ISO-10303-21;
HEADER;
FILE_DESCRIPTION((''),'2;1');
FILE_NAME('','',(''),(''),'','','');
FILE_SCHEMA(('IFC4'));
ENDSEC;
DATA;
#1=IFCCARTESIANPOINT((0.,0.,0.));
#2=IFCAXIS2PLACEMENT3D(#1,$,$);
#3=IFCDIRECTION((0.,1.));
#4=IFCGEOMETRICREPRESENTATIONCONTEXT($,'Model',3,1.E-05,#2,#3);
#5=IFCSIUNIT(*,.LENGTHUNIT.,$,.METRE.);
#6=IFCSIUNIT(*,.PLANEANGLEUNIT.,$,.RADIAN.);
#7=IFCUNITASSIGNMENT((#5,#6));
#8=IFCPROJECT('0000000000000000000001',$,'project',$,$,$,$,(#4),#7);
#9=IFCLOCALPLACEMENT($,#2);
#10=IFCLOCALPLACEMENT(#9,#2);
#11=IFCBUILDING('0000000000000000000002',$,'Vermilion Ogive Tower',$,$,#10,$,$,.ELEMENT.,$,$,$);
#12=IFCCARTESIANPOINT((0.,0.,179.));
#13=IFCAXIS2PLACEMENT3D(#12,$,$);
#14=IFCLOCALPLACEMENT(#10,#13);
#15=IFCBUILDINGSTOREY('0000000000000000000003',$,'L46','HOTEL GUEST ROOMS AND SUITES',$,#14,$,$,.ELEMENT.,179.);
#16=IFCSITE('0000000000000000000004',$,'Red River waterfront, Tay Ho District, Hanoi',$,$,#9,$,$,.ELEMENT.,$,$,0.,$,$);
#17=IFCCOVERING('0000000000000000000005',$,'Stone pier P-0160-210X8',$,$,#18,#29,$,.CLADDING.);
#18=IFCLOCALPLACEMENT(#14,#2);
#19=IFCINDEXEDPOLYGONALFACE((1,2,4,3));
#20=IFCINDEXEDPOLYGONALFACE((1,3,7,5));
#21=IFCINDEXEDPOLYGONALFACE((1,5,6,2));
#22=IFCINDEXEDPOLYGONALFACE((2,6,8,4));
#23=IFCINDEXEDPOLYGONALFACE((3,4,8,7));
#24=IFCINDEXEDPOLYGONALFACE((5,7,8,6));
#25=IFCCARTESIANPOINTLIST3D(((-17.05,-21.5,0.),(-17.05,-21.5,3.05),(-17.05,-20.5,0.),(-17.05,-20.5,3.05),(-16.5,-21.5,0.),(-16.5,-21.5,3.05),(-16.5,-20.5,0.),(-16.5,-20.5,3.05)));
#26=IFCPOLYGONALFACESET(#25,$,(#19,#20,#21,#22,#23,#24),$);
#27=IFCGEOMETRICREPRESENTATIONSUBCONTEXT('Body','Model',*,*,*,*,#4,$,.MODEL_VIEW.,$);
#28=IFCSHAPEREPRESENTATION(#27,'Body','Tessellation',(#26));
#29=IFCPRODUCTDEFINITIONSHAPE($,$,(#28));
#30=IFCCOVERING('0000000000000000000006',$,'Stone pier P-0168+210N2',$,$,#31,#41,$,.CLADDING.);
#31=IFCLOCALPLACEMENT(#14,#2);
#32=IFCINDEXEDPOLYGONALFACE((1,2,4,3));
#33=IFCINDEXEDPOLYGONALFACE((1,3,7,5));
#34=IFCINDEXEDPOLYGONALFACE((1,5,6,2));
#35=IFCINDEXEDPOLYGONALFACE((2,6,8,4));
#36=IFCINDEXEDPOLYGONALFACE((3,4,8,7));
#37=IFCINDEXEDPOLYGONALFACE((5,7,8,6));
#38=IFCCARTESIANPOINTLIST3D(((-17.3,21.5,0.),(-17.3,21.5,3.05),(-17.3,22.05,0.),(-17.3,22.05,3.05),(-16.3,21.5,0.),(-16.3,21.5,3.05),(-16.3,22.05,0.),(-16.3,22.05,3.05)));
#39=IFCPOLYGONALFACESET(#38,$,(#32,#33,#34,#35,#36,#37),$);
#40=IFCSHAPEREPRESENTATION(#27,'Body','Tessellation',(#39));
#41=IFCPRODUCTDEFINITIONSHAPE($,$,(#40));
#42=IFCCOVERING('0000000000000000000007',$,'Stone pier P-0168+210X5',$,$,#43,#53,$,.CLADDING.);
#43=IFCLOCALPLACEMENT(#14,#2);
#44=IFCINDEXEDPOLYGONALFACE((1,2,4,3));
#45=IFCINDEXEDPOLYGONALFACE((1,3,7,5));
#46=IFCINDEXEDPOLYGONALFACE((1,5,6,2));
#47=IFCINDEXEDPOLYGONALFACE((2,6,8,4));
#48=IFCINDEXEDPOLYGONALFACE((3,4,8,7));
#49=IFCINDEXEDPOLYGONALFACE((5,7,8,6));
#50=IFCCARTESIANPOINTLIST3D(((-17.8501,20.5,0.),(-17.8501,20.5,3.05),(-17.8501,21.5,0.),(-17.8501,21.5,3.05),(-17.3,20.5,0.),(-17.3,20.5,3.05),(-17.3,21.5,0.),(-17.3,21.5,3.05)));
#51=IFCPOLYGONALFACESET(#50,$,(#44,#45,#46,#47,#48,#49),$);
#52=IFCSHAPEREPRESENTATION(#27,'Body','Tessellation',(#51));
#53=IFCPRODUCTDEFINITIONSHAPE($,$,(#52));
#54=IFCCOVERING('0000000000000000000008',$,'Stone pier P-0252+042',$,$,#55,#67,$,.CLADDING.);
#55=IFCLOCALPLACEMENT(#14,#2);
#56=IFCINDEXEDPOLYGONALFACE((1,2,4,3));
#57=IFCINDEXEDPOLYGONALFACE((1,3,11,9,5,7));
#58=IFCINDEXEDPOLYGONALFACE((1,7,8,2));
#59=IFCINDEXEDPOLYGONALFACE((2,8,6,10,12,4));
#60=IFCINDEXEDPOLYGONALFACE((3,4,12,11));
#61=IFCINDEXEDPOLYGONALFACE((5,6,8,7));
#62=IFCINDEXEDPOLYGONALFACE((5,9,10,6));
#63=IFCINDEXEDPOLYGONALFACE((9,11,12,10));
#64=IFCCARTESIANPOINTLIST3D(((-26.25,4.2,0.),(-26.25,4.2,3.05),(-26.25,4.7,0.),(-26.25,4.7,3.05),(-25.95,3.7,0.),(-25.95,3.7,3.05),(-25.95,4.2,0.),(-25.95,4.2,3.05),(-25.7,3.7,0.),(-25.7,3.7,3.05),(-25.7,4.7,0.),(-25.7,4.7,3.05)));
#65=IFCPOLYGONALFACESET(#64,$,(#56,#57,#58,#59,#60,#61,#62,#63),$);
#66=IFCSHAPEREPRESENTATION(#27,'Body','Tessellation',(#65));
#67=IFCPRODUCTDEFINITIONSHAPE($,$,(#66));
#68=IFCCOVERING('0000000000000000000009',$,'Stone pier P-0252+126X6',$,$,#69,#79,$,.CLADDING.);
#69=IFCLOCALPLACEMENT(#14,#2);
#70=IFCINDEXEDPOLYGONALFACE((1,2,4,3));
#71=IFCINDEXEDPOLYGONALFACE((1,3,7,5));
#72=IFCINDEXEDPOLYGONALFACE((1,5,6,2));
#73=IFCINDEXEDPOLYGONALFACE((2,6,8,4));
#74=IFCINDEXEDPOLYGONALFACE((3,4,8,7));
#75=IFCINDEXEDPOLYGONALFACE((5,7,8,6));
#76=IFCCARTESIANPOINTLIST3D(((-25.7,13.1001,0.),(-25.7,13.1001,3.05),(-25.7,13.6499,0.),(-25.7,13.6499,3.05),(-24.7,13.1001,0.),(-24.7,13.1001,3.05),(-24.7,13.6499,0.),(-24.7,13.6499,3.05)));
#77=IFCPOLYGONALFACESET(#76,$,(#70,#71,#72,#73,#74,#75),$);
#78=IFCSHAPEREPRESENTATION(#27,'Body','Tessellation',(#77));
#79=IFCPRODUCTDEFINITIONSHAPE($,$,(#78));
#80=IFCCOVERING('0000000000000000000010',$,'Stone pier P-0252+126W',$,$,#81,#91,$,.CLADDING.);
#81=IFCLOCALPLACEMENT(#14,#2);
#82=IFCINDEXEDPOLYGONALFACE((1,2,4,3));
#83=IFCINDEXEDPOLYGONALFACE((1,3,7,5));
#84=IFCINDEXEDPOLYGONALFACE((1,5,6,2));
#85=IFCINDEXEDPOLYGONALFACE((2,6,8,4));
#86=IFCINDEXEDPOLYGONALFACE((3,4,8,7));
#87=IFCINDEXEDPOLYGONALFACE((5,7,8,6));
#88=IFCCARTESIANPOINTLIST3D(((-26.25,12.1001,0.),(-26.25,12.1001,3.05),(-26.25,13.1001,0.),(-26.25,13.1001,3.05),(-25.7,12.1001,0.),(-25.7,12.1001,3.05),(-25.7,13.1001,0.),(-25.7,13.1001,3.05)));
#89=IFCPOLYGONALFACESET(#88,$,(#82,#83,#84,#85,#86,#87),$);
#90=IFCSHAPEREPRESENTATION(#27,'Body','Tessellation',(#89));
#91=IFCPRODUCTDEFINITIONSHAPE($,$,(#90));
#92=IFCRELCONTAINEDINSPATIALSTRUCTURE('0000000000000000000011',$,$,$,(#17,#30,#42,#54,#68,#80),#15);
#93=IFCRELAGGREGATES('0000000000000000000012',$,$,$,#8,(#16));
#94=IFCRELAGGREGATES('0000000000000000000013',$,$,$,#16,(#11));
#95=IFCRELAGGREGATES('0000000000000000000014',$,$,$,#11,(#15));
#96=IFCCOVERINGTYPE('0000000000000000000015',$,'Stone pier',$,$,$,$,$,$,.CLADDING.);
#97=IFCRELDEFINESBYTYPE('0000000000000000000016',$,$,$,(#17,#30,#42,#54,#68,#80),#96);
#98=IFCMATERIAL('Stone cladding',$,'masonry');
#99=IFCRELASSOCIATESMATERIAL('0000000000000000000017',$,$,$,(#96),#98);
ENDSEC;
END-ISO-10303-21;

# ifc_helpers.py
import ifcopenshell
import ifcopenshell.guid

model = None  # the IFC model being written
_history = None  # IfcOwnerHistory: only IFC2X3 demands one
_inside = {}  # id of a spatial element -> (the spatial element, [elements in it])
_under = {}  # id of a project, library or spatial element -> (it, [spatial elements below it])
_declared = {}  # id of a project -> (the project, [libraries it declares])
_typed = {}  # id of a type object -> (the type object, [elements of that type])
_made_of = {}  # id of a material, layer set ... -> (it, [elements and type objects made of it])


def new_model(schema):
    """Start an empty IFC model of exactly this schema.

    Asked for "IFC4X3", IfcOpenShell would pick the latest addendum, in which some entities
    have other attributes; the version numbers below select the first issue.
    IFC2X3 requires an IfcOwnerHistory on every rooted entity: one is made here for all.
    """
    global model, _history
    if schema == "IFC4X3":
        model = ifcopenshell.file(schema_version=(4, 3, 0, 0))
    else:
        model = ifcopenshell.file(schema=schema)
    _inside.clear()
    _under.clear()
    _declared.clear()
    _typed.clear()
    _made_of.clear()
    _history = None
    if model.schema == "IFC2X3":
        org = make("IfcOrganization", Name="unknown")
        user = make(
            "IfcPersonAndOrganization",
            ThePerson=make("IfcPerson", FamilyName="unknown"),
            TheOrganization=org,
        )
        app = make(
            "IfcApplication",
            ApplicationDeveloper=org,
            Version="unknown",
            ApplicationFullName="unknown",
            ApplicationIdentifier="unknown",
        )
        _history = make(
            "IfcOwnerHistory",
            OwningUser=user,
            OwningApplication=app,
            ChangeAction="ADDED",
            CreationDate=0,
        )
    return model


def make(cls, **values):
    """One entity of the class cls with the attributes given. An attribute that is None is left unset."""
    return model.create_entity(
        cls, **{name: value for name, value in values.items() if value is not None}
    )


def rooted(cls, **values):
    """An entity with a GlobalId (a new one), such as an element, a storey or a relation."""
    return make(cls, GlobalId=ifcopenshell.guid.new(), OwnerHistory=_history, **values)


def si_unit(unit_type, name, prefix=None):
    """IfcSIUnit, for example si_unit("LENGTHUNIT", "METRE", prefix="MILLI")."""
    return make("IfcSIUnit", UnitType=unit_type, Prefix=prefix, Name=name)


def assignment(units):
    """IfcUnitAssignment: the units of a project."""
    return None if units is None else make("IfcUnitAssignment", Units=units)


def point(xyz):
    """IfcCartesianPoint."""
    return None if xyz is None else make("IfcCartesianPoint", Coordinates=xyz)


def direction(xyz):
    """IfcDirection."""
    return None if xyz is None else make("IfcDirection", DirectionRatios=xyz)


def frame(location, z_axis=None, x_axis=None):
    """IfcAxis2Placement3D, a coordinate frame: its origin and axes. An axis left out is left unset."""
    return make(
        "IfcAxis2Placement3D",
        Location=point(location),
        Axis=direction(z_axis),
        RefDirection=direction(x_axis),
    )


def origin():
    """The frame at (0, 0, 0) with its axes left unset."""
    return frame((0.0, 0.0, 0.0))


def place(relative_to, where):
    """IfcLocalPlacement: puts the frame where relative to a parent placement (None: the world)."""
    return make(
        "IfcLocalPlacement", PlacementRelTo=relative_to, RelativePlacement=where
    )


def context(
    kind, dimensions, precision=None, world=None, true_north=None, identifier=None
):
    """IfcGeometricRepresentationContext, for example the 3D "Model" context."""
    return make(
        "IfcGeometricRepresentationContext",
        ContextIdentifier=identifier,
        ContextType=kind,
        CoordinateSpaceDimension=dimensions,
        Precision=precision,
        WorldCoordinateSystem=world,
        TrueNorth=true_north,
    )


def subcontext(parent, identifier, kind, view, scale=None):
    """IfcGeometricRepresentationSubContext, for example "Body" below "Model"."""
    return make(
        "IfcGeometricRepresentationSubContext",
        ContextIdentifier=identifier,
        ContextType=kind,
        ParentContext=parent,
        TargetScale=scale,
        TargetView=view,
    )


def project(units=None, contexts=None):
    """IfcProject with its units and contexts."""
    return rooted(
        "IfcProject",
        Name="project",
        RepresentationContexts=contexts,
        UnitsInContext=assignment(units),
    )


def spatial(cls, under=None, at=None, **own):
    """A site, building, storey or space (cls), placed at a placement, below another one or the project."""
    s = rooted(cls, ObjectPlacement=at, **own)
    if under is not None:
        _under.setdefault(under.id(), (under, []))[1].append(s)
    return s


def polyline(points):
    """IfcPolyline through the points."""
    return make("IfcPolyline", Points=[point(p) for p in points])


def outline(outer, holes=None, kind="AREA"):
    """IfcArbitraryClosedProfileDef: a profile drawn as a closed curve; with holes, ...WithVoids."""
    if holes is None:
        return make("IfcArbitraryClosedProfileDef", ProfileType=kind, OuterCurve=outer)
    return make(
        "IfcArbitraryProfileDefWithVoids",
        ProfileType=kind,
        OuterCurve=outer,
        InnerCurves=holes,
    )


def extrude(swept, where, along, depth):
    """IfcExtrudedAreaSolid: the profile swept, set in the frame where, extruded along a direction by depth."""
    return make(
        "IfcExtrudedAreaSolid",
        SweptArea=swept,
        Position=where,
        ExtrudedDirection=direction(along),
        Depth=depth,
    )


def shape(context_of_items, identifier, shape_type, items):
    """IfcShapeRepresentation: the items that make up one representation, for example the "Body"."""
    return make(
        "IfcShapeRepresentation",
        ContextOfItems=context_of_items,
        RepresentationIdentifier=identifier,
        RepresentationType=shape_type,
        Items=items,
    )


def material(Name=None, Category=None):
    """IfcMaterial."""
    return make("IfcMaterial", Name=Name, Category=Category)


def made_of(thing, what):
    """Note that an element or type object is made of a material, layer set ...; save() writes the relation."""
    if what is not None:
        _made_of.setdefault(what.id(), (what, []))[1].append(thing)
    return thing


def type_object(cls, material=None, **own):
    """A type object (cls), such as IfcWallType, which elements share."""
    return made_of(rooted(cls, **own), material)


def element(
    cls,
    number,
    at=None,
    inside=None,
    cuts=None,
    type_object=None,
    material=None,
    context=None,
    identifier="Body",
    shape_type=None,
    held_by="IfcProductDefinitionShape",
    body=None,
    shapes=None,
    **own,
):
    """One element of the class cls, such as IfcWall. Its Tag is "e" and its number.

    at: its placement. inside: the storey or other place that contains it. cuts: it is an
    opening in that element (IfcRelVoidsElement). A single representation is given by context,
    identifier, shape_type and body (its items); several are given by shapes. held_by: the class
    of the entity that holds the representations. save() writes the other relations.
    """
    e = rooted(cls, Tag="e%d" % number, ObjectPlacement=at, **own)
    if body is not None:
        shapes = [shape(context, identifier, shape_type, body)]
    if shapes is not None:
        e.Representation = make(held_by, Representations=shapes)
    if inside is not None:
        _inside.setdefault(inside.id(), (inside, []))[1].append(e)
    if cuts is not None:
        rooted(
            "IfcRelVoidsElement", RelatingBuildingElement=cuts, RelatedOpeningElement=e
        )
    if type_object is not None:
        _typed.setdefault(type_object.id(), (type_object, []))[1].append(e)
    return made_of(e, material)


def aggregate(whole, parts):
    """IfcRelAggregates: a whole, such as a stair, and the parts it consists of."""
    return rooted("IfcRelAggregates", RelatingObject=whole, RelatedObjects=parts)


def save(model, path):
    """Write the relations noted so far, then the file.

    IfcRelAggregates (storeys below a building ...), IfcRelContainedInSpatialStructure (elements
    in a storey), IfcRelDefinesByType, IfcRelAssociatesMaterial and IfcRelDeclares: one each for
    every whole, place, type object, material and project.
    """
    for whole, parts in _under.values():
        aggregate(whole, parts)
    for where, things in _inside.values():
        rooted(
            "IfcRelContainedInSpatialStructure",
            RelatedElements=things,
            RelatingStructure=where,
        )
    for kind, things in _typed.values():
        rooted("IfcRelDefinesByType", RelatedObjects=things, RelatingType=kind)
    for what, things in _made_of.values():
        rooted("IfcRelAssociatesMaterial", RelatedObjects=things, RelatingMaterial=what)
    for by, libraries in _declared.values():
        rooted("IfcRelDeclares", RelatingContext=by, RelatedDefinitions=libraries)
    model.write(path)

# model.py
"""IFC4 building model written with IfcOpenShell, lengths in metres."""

from ifc_helpers import new_model, si_unit, direction, frame, origin, place, context, subcontext, project, spatial, polyline, outline, extrude, material, type_object, element, save


model = new_model("IFC4")

# Units and contexts
model_context = context("Model", 3, precision=1e-05, world=origin(), true_north=direction((0.0, 1.0)))
body_context = subcontext(model_context, "Body", "Model", "MODEL_VIEW")
ifc_project = project(units=[si_unit("LENGTHUNIT", "METRE"), si_unit("PLANEANGLEUNIT", "RADIAN")], contexts=[model_context])

# Site, building, storey
site_placement = place(None, origin())
site = spatial("IfcSite", under=ifc_project, at=site_placement, Name="Red River waterfront, Tay Ho District, Hanoi", CompositionType="ELEMENT", RefElevation=0.0)
building_placement = place(site_placement, origin())
building = spatial("IfcBuilding", under=site, at=building_placement, Name="Vermilion Ogive Tower", CompositionType="ELEMENT")
storey_placement = place(building_placement, frame((0.0, 0.0, 179.0)))
storey = spatial("IfcBuildingStorey", under=building, at=storey_placement, Name="L46", Description="HOTEL GUEST ROOMS AND SUITES", CompositionType="ELEMENT", Elevation=179.0)

# Coverings
ifc_material_1 = material(Name="Stone cladding", Category="masonry")
covering_type = type_object("IfcCoveringType", Name="Stone pier", PredefinedType="CLADDING", material=ifc_material_1)
covering_1_placement = place(storey_placement, origin())
element("IfcCovering", 1, at=covering_1_placement, inside=storey, type_object=covering_type, Name="Stone pier P-0160-210X8", PredefinedType="CLADDING", context=body_context, shape_type="SweptSolid", body=[
    extrude(outline(polyline([(-17.05, -20.5), (-16.5, -20.5), (-16.5, -21.5), (-17.05, -21.5), (-17.05, -20.5)])), origin(), (0.0, 0.0, 1.0), 3.05),
])
covering_2_placement = place(storey_placement, origin())
element("IfcCovering", 2, at=covering_2_placement, inside=storey, type_object=covering_type, Name="Stone pier P-0168+210N2", PredefinedType="CLADDING", context=body_context, shape_type="SweptSolid", body=[
    extrude(outline(polyline([(-17.3, 21.5), (-17.3, 22.05), (-16.3, 22.05), (-16.3, 21.5), (-17.3, 21.5), (-17.3, 21.5)])), origin(), (0.0, 0.0, 1.0), 3.05),
])
covering_3_placement = place(storey_placement, origin())
element("IfcCovering", 3, at=covering_3_placement, inside=storey, type_object=covering_type, Name="Stone pier P-0168+210X5", PredefinedType="CLADDING", context=body_context, shape_type="SweptSolid", body=[
    extrude(outline(polyline([(-17.8501, 21.5), (-17.3, 21.5), (-17.3, 21.5), (-17.3, 20.5), (-17.8501, 20.5), (-17.8501, 21.5)])), origin(), (0.0, 0.0, 1.0), 3.05),
])
covering_4_placement = place(storey_placement, origin())
element("IfcCovering", 4, at=covering_4_placement, inside=storey, type_object=covering_type, Name="Stone pier P-0252+042", PredefinedType="CLADDING", context=body_context, shape_type="SweptSolid", body=[
    extrude(outline(polyline([(-25.7, 3.7), (-25.95, 3.7), (-25.95, 4.2), (-26.25, 4.2), (-26.25, 4.7), (-25.7, 4.7), (-25.7, 4.7), (-25.7, 3.7)])), origin(), (0.0, 0.0, 1.0), 3.05),
])
covering_5_placement = place(storey_placement, origin())
element("IfcCovering", 5, at=covering_5_placement, inside=storey, type_object=covering_type, Name="Stone pier P-0252+126X6", PredefinedType="CLADDING", context=body_context, shape_type="SweptSolid", body=[
    extrude(outline(polyline([(-25.7, 13.1001), (-25.7, 13.6499), (-24.7, 13.6499), (-24.7, 13.1001), (-24.7, 13.1001), (-25.7, 13.1001)])), origin(), (0.0, 0.0, 1.0), 3.05),
])
covering_6_placement = place(storey_placement, origin())
element("IfcCovering", 6, at=covering_6_placement, inside=storey, type_object=covering_type, Name="Stone pier P-0252+126W", PredefinedType="CLADDING", context=body_context, shape_type="SweptSolid", body=[
    extrude(outline(polyline([(-26.25, 13.1001), (-25.7, 13.1001), (-25.7, 12.1001), (-26.25, 12.1001), (-26.25, 13.1001)])), origin(), (0.0, 0.0, 1.0), 3.05),
])

save(model, "model.ifc")
